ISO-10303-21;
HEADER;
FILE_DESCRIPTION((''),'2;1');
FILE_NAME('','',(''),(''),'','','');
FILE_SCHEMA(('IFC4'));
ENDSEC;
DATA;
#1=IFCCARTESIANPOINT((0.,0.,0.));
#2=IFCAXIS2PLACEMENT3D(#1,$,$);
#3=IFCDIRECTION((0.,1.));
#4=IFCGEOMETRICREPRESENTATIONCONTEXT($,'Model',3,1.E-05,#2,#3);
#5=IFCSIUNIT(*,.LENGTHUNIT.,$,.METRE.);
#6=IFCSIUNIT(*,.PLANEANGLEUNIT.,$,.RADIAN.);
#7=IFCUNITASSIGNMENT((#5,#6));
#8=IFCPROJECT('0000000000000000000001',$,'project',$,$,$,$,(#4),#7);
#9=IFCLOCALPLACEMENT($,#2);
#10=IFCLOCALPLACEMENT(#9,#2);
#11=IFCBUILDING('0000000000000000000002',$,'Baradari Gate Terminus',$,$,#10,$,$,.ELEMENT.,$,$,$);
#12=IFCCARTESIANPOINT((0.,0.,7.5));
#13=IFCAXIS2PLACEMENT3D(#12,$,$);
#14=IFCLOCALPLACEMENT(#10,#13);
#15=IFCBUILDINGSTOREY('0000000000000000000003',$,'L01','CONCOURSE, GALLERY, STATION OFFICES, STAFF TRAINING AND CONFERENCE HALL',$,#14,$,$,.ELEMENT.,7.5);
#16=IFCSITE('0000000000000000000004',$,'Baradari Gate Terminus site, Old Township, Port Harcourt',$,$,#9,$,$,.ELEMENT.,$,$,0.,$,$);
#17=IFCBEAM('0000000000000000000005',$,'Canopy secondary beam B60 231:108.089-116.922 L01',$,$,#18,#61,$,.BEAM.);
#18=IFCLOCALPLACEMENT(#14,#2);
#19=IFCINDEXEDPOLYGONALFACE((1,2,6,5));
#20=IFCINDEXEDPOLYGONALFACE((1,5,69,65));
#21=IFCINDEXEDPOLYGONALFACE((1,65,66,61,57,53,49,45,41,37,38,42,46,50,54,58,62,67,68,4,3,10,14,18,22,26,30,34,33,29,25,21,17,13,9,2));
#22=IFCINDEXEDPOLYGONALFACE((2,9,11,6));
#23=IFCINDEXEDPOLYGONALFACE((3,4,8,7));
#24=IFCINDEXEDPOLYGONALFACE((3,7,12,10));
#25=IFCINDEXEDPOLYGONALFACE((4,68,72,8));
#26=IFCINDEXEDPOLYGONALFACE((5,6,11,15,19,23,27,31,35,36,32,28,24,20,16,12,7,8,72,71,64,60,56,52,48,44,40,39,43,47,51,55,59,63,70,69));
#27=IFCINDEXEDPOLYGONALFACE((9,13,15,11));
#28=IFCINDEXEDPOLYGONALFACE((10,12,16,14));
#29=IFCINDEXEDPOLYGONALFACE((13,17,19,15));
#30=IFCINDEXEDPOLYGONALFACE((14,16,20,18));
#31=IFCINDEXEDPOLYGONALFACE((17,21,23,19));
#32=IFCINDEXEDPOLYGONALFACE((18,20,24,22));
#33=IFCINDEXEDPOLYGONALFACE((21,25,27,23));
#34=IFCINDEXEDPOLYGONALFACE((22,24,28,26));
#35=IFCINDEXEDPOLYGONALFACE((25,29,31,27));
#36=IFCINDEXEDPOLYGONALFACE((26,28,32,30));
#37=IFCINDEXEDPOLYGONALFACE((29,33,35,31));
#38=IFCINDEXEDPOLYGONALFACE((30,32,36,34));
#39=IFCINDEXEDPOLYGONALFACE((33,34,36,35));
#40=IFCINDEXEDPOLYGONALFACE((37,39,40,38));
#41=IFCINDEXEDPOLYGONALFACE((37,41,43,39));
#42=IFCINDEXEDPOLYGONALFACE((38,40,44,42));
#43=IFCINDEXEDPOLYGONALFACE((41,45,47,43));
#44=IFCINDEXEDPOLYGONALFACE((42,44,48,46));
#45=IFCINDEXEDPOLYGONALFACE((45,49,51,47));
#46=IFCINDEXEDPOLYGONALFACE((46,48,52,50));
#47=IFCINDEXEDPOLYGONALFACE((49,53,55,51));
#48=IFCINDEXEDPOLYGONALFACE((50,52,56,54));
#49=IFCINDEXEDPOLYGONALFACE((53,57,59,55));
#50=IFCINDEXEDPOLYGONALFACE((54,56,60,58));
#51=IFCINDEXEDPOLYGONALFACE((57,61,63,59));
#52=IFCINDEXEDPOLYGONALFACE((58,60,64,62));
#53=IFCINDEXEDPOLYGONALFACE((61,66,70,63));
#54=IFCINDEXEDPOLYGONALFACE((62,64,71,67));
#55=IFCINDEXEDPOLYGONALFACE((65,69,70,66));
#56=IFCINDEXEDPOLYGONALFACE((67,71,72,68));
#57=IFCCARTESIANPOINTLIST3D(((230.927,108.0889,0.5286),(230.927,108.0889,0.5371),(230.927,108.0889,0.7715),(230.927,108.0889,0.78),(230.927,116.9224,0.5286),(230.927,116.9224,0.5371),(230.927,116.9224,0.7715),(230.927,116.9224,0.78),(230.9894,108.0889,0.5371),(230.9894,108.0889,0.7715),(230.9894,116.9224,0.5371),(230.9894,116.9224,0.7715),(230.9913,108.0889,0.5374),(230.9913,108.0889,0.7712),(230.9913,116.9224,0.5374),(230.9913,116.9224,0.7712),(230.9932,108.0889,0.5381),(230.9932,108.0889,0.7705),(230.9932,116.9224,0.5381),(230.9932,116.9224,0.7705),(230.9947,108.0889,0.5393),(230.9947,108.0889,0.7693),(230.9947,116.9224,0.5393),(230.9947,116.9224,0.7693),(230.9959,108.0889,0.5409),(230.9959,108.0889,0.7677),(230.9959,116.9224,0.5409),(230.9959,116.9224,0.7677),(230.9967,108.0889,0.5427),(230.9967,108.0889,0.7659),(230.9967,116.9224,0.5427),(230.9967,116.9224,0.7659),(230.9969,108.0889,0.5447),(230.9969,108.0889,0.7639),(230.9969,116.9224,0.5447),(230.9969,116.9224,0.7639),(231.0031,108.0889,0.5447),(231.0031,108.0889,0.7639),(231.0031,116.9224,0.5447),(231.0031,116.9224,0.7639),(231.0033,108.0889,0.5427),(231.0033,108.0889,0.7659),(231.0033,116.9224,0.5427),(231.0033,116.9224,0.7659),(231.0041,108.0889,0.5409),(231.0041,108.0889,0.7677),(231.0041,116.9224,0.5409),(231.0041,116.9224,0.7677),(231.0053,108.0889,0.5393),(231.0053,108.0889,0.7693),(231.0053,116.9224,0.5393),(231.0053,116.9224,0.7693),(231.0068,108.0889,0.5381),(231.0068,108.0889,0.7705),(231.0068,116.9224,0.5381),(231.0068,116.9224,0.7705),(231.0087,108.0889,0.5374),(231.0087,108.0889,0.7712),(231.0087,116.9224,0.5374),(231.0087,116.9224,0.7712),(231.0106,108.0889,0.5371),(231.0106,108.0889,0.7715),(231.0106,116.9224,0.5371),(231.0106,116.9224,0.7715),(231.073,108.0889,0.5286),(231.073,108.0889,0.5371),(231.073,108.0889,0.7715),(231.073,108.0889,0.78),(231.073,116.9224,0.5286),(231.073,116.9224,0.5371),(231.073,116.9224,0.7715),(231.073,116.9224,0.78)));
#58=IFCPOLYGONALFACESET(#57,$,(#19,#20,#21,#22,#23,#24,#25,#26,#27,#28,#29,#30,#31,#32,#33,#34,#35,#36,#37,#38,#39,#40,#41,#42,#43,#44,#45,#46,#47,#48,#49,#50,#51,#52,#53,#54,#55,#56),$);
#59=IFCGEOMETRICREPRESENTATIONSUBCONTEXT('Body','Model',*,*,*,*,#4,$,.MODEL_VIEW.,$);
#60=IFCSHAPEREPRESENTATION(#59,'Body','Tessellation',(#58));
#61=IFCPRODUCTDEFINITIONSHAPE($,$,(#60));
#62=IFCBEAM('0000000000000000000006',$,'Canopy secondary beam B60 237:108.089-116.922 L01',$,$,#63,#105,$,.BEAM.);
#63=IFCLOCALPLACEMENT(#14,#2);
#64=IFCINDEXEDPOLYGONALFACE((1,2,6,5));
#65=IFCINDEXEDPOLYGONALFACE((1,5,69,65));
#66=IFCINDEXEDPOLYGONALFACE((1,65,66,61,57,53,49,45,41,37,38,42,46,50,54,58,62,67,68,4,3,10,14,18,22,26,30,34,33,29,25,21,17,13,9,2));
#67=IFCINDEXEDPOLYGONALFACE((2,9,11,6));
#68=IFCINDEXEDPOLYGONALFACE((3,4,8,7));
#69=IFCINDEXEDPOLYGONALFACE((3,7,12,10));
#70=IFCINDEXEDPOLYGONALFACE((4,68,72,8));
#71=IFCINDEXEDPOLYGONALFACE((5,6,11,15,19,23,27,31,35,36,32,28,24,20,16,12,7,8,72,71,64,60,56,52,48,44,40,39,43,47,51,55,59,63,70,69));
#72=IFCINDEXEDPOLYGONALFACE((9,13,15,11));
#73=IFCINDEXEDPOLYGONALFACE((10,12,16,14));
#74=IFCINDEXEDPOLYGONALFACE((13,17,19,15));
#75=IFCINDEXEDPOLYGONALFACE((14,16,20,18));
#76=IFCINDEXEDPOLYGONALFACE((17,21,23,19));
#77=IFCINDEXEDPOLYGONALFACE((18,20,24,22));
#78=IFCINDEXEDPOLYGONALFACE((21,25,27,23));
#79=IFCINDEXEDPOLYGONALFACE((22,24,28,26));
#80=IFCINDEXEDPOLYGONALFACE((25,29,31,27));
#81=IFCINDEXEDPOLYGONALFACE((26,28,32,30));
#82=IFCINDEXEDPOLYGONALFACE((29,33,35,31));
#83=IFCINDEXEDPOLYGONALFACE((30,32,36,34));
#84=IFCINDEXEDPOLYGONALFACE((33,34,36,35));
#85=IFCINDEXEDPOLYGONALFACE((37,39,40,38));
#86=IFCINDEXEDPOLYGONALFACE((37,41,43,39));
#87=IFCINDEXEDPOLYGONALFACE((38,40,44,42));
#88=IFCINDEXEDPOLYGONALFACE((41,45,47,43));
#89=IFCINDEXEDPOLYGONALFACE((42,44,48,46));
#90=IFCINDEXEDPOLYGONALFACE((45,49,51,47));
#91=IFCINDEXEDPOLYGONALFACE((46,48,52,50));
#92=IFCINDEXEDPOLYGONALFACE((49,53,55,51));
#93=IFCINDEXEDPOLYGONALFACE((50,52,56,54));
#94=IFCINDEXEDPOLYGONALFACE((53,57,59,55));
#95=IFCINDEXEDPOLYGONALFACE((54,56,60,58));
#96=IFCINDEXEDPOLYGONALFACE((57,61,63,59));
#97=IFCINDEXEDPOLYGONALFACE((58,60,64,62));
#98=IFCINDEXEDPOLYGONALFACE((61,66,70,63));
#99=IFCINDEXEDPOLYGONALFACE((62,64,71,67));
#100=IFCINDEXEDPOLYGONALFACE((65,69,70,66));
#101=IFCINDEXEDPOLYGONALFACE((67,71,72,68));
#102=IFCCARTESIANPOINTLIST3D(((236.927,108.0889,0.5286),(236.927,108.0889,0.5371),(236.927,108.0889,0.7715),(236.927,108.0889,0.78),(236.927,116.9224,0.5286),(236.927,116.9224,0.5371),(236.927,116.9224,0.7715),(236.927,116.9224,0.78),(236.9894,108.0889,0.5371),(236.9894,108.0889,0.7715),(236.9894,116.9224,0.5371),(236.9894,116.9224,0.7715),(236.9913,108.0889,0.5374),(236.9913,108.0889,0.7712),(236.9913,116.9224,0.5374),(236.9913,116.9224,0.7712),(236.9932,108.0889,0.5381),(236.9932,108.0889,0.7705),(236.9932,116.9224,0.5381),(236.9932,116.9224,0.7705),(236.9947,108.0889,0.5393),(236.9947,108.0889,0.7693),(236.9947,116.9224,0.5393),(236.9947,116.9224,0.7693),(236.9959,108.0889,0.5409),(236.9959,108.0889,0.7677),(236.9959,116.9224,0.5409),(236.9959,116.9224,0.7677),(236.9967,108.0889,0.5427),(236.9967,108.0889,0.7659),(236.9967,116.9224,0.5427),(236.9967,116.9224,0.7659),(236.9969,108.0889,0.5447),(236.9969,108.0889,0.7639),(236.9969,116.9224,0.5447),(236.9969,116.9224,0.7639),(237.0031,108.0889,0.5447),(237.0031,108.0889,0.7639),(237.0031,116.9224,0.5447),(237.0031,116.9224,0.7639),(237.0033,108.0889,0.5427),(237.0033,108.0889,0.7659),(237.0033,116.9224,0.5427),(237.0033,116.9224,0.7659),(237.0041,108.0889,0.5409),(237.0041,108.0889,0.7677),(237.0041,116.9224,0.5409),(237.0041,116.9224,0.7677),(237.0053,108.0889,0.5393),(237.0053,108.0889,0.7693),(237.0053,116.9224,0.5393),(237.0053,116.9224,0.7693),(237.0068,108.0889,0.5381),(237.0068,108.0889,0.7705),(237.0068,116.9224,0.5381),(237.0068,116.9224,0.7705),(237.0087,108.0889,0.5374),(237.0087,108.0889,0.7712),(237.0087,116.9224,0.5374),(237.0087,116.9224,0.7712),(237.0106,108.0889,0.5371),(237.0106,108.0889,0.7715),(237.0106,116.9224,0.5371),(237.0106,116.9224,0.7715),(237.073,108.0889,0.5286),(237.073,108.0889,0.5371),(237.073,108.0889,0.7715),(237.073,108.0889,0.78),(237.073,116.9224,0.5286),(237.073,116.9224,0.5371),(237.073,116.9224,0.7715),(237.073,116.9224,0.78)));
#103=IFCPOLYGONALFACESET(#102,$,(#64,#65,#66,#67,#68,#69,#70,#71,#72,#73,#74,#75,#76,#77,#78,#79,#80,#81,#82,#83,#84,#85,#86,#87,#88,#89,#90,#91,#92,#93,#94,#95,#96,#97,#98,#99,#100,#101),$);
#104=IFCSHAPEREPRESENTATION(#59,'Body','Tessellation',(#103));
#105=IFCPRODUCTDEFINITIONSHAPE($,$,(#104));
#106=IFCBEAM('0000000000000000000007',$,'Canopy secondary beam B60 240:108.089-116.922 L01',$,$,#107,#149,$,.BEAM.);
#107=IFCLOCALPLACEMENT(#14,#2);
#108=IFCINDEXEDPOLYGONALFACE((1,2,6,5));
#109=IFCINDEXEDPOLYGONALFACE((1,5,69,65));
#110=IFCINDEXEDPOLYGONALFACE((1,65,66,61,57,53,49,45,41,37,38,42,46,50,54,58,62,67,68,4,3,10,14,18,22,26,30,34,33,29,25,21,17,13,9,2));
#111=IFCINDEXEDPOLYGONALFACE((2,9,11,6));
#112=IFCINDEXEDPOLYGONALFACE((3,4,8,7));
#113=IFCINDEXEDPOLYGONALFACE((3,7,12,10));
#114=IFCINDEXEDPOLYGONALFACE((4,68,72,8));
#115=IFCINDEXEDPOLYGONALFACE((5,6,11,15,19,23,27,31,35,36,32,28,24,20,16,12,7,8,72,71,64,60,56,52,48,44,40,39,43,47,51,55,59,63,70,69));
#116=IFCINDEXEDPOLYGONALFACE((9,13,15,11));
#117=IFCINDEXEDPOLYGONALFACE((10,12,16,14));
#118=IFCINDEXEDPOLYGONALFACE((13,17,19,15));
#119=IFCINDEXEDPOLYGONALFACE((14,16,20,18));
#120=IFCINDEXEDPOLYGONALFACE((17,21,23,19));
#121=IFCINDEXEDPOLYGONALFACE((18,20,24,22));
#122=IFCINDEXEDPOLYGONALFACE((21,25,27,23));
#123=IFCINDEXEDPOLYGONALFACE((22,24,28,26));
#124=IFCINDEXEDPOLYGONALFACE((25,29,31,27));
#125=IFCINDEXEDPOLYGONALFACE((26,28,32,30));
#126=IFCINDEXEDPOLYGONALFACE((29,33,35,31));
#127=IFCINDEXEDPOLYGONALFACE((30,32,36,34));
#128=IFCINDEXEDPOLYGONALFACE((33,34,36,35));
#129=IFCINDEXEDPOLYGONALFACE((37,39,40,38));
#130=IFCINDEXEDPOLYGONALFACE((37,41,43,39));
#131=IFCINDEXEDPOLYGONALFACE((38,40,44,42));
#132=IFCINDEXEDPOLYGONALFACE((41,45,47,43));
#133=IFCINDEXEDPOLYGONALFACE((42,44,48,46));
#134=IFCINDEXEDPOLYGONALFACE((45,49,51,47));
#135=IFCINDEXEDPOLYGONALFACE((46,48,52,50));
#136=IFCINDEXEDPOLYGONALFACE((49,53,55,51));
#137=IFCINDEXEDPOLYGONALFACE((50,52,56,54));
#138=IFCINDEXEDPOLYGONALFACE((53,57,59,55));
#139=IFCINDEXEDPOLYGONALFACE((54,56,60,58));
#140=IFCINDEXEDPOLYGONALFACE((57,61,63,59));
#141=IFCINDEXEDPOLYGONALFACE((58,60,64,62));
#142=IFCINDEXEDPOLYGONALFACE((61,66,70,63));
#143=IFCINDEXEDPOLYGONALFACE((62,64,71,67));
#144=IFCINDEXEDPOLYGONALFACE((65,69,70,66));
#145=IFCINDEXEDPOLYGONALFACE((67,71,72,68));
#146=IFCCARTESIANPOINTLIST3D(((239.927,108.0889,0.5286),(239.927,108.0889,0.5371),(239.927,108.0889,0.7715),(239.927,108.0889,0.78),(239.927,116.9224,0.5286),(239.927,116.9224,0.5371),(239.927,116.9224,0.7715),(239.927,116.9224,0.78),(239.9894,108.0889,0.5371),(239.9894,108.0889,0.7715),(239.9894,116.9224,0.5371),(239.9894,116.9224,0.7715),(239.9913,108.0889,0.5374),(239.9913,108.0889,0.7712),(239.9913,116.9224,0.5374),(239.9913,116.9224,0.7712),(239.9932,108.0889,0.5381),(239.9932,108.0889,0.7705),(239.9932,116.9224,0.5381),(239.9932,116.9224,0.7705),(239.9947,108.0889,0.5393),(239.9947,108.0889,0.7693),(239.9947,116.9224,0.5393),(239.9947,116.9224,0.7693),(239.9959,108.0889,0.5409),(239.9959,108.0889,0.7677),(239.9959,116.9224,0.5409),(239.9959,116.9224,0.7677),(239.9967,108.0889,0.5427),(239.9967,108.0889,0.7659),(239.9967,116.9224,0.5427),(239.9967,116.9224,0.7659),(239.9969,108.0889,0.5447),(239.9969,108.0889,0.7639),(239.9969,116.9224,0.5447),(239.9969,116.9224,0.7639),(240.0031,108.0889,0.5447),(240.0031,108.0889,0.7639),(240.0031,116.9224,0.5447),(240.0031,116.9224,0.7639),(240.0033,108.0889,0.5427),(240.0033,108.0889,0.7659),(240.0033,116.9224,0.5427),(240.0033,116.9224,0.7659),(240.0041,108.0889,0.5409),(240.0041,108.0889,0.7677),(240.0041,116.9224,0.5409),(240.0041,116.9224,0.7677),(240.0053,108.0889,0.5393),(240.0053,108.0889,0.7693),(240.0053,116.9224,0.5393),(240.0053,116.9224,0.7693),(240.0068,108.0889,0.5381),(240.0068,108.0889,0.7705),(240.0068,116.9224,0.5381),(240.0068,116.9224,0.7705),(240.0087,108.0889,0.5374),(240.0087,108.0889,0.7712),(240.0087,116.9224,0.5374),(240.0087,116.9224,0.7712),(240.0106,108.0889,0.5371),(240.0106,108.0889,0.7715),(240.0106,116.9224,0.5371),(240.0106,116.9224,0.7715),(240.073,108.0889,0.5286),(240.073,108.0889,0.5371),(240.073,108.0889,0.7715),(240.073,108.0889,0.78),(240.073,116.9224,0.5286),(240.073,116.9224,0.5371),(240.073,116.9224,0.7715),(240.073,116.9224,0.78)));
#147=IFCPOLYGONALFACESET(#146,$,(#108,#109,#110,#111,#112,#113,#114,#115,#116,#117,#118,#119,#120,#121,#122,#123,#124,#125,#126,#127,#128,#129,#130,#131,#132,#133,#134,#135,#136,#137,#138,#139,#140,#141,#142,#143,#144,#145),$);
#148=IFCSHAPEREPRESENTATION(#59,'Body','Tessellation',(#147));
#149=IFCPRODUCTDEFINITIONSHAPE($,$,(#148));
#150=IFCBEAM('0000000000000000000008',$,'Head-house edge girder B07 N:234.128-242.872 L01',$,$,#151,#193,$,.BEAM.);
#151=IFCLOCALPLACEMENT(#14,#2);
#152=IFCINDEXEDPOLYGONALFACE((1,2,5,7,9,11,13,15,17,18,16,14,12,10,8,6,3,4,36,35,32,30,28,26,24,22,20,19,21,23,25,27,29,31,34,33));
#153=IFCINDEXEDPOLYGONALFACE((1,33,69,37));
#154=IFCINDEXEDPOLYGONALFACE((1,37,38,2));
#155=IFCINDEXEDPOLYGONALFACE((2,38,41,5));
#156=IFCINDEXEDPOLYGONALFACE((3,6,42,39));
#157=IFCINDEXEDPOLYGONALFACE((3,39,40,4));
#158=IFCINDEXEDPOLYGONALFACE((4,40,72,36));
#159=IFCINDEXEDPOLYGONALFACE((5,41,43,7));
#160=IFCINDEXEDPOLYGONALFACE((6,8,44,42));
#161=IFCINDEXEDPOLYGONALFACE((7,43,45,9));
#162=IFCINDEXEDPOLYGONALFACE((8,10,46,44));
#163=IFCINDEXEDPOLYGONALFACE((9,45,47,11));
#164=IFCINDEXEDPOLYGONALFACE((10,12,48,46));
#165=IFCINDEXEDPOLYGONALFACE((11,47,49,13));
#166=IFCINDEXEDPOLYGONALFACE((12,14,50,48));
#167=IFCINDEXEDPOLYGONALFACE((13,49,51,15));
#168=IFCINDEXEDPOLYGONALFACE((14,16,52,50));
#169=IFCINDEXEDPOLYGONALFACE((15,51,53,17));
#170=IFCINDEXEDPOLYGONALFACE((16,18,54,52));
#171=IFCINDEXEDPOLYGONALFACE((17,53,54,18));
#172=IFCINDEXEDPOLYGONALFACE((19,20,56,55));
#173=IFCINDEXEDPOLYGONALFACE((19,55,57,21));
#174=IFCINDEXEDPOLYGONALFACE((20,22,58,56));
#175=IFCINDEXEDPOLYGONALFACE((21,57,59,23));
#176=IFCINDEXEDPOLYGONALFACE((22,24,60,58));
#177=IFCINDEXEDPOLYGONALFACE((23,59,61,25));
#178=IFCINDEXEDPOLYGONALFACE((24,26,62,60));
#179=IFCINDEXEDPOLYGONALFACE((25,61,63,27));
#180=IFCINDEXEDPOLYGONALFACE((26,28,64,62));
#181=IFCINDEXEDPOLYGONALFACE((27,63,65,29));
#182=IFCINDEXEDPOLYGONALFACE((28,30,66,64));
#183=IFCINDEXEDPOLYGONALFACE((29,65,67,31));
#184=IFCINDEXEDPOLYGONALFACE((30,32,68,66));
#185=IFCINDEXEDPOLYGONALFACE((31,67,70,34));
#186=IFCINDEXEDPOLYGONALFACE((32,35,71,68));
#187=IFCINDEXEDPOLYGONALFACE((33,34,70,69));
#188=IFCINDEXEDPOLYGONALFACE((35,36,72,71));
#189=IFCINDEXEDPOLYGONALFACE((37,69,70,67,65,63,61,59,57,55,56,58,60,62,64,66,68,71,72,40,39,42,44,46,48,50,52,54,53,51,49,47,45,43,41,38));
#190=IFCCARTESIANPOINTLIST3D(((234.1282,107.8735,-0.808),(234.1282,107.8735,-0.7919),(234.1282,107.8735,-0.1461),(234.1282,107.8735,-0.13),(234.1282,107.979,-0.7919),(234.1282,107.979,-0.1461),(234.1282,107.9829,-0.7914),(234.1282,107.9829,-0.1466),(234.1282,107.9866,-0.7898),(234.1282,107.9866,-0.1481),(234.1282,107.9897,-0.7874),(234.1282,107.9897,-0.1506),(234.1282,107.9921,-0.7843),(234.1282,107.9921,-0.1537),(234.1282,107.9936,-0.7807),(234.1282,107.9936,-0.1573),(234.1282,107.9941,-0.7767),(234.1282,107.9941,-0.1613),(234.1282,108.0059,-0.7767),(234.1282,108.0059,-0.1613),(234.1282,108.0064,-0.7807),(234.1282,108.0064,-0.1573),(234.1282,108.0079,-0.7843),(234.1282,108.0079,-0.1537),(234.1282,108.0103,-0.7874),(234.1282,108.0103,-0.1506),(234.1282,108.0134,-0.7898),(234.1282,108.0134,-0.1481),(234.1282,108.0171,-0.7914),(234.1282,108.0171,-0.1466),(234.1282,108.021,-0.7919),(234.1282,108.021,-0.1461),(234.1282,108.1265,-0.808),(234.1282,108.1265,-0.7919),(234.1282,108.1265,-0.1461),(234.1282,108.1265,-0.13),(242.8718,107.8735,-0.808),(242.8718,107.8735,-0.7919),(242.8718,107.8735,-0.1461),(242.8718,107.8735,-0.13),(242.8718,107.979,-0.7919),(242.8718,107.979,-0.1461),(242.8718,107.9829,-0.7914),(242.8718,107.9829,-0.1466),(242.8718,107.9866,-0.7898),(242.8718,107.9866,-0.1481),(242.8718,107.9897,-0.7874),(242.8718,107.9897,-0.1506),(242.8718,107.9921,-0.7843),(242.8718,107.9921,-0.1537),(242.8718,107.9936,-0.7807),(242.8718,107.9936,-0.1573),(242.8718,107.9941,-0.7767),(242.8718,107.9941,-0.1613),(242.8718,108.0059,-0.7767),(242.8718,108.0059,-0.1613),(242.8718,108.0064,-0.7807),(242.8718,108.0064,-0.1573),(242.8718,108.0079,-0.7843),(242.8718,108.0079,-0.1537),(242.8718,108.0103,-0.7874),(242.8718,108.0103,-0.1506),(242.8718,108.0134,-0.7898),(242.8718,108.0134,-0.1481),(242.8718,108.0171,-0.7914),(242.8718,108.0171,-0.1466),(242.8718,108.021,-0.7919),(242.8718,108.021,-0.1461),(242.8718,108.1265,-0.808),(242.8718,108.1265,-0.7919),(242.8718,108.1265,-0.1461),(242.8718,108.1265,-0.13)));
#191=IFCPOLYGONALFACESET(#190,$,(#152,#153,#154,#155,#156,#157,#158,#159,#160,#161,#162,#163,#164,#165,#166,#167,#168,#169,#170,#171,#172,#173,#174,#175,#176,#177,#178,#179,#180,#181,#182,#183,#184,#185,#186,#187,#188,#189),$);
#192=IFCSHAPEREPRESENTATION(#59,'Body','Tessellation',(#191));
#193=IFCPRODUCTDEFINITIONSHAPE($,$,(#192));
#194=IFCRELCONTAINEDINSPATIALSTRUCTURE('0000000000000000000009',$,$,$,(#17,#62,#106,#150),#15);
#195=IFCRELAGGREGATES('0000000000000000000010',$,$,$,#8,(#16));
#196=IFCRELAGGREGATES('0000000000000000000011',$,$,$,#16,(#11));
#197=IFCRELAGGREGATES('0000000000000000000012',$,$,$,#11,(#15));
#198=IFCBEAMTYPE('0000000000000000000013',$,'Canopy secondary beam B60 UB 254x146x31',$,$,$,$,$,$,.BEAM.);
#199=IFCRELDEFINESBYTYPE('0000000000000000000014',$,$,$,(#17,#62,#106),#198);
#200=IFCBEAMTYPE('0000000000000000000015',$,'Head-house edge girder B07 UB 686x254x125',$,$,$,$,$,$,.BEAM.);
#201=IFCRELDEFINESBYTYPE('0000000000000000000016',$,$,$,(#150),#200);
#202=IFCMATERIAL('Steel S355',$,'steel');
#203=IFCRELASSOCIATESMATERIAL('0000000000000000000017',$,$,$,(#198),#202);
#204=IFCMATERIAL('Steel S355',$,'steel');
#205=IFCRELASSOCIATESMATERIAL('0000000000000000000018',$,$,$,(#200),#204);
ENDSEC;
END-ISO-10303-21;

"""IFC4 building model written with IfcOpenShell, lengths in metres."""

from ifc_helpers import new_model, si_unit, direction, frame, origin, origin_2d, place, context, subcontext, project, spatial, i_section, extrude, material, material_profile, profile_set, type_object, element, save


model = new_model("IFC4")

# Units and contexts
model_context = context("Model", 3, precision=1e-05, world=origin(), true_north=direction((0.0, 1.0)))
body_context = subcontext(model_context, "Body", "Model", "MODEL_VIEW")
ifc_project = project(units=[si_unit("LENGTHUNIT", "METRE"), si_unit("PLANEANGLEUNIT", "RADIAN")], contexts=[model_context])

# Site, building, storey
site_placement = place(None, origin())
site = spatial("IfcSite", under=ifc_project, at=site_placement, Name="Baradari Gate Terminus site, Old Township, Port Harcourt", CompositionType="ELEMENT", RefElevation=0.0)
building_placement = place(site_placement, origin())
building = spatial("IfcBuilding", under=site, at=building_placement, Name="Baradari Gate Terminus", CompositionType="ELEMENT")
storey_placement = place(building_placement, frame((0.0, 0.0, 7.5)))
storey = spatial("IfcBuildingStorey", under=building, at=storey_placement, Name="L01", Description="CONCOURSE, GALLERY, STATION OFFICES, STAFF TRAINING AND CONFERENCE HALL", CompositionType="ELEMENT", Elevation=7.5)

# Beams
ifc_material_1 = material(Name="Steel S355", Category="steel")
ifc_material_profile_1 = material_profile(ifc_material_1, i_section(OverallWidth=0.146, OverallDepth=0.2515, WebThickness=0.0061, FlangeThickness=0.0085, FilletRadius=0.0076, at=origin_2d()), Name="UB 254x146x31")
ifc_profile_set_1 = profile_set([ifc_material_profile_1], Name="Steel S355")
beam_type_1 = type_object("IfcBeamType", Name="Canopy secondary beam B60 UB 254x146x31", PredefinedType="BEAM", material=ifc_profile_set_1)
for number, where, z_axis, x_axis, name in (
    (1, (231.0, 108.0889, 0.6543), (0.0, 1.0, 0.0), (-1.0, 0.0, 0.0), "Canopy secondary beam B60 231:108.089-116.922 L01"),
    (2, (237.0, 108.0889, 0.6543), (0.0, 1.0, 0.0), (-1.0, 0.0, 0.0), "Canopy secondary beam B60 237:108.089-116.922 L01"),
    (3, (240.0, 108.0889, 0.6543), (0.0, 1.0, 0.0), (-1.0, 0.0, 0.0), "Canopy secondary beam B60 240:108.089-116.922 L01"),
):
    element("IfcBeam", number, at=place(storey_placement, frame(where, z_axis=z_axis, x_axis=x_axis)), inside=storey, type_object=beam_type_1, Name=name, PredefinedType="BEAM", context=body_context, shape_type="SweptSolid", body=[
        extrude(i_section(OverallWidth=0.146, OverallDepth=0.2515, WebThickness=0.0061, FlangeThickness=0.0085, FilletRadius=0.0076, at=origin_2d()), origin(), (0.0, 0.0, 1.0), 8.8335),
    ])
ifc_material_2 = material(Name="Steel S355", Category="steel")
ifc_material_profile_2 = material_profile(ifc_material_2, i_section(OverallWidth=0.2529, OverallDepth=0.678, WebThickness=0.0117, FlangeThickness=0.0161, FilletRadius=0.0151, at=origin_2d()), Name="UB 686x254x125")
ifc_profile_set_2 = profile_set([ifc_material_profile_2], Name="Steel S355")
beam_type_2 = type_object("IfcBeamType", Name="Head-house edge girder B07 UB 686x254x125", PredefinedType="BEAM", material=ifc_profile_set_2)
beam_1_placement = place(storey_placement, frame((234.1282, 108.0, -0.469), z_axis=(1.0, 0.0, 0.0), x_axis=(0.0, 1.0, 0.0)))
element("IfcBeam", 4, at=beam_1_placement, inside=storey, type_object=beam_type_2, Name="Head-house edge girder B07 N:234.128-242.872 L01", PredefinedType="BEAM", context=body_context, shape_type="SweptSolid", body=[
    extrude(i_section(OverallWidth=0.2529, OverallDepth=0.678, WebThickness=0.0117, FlangeThickness=0.0161, FilletRadius=0.0151, at=origin_2d()), origin(), (0.0, 0.0, 1.0), 8.7437),
])

save(model, "model.ifc")
